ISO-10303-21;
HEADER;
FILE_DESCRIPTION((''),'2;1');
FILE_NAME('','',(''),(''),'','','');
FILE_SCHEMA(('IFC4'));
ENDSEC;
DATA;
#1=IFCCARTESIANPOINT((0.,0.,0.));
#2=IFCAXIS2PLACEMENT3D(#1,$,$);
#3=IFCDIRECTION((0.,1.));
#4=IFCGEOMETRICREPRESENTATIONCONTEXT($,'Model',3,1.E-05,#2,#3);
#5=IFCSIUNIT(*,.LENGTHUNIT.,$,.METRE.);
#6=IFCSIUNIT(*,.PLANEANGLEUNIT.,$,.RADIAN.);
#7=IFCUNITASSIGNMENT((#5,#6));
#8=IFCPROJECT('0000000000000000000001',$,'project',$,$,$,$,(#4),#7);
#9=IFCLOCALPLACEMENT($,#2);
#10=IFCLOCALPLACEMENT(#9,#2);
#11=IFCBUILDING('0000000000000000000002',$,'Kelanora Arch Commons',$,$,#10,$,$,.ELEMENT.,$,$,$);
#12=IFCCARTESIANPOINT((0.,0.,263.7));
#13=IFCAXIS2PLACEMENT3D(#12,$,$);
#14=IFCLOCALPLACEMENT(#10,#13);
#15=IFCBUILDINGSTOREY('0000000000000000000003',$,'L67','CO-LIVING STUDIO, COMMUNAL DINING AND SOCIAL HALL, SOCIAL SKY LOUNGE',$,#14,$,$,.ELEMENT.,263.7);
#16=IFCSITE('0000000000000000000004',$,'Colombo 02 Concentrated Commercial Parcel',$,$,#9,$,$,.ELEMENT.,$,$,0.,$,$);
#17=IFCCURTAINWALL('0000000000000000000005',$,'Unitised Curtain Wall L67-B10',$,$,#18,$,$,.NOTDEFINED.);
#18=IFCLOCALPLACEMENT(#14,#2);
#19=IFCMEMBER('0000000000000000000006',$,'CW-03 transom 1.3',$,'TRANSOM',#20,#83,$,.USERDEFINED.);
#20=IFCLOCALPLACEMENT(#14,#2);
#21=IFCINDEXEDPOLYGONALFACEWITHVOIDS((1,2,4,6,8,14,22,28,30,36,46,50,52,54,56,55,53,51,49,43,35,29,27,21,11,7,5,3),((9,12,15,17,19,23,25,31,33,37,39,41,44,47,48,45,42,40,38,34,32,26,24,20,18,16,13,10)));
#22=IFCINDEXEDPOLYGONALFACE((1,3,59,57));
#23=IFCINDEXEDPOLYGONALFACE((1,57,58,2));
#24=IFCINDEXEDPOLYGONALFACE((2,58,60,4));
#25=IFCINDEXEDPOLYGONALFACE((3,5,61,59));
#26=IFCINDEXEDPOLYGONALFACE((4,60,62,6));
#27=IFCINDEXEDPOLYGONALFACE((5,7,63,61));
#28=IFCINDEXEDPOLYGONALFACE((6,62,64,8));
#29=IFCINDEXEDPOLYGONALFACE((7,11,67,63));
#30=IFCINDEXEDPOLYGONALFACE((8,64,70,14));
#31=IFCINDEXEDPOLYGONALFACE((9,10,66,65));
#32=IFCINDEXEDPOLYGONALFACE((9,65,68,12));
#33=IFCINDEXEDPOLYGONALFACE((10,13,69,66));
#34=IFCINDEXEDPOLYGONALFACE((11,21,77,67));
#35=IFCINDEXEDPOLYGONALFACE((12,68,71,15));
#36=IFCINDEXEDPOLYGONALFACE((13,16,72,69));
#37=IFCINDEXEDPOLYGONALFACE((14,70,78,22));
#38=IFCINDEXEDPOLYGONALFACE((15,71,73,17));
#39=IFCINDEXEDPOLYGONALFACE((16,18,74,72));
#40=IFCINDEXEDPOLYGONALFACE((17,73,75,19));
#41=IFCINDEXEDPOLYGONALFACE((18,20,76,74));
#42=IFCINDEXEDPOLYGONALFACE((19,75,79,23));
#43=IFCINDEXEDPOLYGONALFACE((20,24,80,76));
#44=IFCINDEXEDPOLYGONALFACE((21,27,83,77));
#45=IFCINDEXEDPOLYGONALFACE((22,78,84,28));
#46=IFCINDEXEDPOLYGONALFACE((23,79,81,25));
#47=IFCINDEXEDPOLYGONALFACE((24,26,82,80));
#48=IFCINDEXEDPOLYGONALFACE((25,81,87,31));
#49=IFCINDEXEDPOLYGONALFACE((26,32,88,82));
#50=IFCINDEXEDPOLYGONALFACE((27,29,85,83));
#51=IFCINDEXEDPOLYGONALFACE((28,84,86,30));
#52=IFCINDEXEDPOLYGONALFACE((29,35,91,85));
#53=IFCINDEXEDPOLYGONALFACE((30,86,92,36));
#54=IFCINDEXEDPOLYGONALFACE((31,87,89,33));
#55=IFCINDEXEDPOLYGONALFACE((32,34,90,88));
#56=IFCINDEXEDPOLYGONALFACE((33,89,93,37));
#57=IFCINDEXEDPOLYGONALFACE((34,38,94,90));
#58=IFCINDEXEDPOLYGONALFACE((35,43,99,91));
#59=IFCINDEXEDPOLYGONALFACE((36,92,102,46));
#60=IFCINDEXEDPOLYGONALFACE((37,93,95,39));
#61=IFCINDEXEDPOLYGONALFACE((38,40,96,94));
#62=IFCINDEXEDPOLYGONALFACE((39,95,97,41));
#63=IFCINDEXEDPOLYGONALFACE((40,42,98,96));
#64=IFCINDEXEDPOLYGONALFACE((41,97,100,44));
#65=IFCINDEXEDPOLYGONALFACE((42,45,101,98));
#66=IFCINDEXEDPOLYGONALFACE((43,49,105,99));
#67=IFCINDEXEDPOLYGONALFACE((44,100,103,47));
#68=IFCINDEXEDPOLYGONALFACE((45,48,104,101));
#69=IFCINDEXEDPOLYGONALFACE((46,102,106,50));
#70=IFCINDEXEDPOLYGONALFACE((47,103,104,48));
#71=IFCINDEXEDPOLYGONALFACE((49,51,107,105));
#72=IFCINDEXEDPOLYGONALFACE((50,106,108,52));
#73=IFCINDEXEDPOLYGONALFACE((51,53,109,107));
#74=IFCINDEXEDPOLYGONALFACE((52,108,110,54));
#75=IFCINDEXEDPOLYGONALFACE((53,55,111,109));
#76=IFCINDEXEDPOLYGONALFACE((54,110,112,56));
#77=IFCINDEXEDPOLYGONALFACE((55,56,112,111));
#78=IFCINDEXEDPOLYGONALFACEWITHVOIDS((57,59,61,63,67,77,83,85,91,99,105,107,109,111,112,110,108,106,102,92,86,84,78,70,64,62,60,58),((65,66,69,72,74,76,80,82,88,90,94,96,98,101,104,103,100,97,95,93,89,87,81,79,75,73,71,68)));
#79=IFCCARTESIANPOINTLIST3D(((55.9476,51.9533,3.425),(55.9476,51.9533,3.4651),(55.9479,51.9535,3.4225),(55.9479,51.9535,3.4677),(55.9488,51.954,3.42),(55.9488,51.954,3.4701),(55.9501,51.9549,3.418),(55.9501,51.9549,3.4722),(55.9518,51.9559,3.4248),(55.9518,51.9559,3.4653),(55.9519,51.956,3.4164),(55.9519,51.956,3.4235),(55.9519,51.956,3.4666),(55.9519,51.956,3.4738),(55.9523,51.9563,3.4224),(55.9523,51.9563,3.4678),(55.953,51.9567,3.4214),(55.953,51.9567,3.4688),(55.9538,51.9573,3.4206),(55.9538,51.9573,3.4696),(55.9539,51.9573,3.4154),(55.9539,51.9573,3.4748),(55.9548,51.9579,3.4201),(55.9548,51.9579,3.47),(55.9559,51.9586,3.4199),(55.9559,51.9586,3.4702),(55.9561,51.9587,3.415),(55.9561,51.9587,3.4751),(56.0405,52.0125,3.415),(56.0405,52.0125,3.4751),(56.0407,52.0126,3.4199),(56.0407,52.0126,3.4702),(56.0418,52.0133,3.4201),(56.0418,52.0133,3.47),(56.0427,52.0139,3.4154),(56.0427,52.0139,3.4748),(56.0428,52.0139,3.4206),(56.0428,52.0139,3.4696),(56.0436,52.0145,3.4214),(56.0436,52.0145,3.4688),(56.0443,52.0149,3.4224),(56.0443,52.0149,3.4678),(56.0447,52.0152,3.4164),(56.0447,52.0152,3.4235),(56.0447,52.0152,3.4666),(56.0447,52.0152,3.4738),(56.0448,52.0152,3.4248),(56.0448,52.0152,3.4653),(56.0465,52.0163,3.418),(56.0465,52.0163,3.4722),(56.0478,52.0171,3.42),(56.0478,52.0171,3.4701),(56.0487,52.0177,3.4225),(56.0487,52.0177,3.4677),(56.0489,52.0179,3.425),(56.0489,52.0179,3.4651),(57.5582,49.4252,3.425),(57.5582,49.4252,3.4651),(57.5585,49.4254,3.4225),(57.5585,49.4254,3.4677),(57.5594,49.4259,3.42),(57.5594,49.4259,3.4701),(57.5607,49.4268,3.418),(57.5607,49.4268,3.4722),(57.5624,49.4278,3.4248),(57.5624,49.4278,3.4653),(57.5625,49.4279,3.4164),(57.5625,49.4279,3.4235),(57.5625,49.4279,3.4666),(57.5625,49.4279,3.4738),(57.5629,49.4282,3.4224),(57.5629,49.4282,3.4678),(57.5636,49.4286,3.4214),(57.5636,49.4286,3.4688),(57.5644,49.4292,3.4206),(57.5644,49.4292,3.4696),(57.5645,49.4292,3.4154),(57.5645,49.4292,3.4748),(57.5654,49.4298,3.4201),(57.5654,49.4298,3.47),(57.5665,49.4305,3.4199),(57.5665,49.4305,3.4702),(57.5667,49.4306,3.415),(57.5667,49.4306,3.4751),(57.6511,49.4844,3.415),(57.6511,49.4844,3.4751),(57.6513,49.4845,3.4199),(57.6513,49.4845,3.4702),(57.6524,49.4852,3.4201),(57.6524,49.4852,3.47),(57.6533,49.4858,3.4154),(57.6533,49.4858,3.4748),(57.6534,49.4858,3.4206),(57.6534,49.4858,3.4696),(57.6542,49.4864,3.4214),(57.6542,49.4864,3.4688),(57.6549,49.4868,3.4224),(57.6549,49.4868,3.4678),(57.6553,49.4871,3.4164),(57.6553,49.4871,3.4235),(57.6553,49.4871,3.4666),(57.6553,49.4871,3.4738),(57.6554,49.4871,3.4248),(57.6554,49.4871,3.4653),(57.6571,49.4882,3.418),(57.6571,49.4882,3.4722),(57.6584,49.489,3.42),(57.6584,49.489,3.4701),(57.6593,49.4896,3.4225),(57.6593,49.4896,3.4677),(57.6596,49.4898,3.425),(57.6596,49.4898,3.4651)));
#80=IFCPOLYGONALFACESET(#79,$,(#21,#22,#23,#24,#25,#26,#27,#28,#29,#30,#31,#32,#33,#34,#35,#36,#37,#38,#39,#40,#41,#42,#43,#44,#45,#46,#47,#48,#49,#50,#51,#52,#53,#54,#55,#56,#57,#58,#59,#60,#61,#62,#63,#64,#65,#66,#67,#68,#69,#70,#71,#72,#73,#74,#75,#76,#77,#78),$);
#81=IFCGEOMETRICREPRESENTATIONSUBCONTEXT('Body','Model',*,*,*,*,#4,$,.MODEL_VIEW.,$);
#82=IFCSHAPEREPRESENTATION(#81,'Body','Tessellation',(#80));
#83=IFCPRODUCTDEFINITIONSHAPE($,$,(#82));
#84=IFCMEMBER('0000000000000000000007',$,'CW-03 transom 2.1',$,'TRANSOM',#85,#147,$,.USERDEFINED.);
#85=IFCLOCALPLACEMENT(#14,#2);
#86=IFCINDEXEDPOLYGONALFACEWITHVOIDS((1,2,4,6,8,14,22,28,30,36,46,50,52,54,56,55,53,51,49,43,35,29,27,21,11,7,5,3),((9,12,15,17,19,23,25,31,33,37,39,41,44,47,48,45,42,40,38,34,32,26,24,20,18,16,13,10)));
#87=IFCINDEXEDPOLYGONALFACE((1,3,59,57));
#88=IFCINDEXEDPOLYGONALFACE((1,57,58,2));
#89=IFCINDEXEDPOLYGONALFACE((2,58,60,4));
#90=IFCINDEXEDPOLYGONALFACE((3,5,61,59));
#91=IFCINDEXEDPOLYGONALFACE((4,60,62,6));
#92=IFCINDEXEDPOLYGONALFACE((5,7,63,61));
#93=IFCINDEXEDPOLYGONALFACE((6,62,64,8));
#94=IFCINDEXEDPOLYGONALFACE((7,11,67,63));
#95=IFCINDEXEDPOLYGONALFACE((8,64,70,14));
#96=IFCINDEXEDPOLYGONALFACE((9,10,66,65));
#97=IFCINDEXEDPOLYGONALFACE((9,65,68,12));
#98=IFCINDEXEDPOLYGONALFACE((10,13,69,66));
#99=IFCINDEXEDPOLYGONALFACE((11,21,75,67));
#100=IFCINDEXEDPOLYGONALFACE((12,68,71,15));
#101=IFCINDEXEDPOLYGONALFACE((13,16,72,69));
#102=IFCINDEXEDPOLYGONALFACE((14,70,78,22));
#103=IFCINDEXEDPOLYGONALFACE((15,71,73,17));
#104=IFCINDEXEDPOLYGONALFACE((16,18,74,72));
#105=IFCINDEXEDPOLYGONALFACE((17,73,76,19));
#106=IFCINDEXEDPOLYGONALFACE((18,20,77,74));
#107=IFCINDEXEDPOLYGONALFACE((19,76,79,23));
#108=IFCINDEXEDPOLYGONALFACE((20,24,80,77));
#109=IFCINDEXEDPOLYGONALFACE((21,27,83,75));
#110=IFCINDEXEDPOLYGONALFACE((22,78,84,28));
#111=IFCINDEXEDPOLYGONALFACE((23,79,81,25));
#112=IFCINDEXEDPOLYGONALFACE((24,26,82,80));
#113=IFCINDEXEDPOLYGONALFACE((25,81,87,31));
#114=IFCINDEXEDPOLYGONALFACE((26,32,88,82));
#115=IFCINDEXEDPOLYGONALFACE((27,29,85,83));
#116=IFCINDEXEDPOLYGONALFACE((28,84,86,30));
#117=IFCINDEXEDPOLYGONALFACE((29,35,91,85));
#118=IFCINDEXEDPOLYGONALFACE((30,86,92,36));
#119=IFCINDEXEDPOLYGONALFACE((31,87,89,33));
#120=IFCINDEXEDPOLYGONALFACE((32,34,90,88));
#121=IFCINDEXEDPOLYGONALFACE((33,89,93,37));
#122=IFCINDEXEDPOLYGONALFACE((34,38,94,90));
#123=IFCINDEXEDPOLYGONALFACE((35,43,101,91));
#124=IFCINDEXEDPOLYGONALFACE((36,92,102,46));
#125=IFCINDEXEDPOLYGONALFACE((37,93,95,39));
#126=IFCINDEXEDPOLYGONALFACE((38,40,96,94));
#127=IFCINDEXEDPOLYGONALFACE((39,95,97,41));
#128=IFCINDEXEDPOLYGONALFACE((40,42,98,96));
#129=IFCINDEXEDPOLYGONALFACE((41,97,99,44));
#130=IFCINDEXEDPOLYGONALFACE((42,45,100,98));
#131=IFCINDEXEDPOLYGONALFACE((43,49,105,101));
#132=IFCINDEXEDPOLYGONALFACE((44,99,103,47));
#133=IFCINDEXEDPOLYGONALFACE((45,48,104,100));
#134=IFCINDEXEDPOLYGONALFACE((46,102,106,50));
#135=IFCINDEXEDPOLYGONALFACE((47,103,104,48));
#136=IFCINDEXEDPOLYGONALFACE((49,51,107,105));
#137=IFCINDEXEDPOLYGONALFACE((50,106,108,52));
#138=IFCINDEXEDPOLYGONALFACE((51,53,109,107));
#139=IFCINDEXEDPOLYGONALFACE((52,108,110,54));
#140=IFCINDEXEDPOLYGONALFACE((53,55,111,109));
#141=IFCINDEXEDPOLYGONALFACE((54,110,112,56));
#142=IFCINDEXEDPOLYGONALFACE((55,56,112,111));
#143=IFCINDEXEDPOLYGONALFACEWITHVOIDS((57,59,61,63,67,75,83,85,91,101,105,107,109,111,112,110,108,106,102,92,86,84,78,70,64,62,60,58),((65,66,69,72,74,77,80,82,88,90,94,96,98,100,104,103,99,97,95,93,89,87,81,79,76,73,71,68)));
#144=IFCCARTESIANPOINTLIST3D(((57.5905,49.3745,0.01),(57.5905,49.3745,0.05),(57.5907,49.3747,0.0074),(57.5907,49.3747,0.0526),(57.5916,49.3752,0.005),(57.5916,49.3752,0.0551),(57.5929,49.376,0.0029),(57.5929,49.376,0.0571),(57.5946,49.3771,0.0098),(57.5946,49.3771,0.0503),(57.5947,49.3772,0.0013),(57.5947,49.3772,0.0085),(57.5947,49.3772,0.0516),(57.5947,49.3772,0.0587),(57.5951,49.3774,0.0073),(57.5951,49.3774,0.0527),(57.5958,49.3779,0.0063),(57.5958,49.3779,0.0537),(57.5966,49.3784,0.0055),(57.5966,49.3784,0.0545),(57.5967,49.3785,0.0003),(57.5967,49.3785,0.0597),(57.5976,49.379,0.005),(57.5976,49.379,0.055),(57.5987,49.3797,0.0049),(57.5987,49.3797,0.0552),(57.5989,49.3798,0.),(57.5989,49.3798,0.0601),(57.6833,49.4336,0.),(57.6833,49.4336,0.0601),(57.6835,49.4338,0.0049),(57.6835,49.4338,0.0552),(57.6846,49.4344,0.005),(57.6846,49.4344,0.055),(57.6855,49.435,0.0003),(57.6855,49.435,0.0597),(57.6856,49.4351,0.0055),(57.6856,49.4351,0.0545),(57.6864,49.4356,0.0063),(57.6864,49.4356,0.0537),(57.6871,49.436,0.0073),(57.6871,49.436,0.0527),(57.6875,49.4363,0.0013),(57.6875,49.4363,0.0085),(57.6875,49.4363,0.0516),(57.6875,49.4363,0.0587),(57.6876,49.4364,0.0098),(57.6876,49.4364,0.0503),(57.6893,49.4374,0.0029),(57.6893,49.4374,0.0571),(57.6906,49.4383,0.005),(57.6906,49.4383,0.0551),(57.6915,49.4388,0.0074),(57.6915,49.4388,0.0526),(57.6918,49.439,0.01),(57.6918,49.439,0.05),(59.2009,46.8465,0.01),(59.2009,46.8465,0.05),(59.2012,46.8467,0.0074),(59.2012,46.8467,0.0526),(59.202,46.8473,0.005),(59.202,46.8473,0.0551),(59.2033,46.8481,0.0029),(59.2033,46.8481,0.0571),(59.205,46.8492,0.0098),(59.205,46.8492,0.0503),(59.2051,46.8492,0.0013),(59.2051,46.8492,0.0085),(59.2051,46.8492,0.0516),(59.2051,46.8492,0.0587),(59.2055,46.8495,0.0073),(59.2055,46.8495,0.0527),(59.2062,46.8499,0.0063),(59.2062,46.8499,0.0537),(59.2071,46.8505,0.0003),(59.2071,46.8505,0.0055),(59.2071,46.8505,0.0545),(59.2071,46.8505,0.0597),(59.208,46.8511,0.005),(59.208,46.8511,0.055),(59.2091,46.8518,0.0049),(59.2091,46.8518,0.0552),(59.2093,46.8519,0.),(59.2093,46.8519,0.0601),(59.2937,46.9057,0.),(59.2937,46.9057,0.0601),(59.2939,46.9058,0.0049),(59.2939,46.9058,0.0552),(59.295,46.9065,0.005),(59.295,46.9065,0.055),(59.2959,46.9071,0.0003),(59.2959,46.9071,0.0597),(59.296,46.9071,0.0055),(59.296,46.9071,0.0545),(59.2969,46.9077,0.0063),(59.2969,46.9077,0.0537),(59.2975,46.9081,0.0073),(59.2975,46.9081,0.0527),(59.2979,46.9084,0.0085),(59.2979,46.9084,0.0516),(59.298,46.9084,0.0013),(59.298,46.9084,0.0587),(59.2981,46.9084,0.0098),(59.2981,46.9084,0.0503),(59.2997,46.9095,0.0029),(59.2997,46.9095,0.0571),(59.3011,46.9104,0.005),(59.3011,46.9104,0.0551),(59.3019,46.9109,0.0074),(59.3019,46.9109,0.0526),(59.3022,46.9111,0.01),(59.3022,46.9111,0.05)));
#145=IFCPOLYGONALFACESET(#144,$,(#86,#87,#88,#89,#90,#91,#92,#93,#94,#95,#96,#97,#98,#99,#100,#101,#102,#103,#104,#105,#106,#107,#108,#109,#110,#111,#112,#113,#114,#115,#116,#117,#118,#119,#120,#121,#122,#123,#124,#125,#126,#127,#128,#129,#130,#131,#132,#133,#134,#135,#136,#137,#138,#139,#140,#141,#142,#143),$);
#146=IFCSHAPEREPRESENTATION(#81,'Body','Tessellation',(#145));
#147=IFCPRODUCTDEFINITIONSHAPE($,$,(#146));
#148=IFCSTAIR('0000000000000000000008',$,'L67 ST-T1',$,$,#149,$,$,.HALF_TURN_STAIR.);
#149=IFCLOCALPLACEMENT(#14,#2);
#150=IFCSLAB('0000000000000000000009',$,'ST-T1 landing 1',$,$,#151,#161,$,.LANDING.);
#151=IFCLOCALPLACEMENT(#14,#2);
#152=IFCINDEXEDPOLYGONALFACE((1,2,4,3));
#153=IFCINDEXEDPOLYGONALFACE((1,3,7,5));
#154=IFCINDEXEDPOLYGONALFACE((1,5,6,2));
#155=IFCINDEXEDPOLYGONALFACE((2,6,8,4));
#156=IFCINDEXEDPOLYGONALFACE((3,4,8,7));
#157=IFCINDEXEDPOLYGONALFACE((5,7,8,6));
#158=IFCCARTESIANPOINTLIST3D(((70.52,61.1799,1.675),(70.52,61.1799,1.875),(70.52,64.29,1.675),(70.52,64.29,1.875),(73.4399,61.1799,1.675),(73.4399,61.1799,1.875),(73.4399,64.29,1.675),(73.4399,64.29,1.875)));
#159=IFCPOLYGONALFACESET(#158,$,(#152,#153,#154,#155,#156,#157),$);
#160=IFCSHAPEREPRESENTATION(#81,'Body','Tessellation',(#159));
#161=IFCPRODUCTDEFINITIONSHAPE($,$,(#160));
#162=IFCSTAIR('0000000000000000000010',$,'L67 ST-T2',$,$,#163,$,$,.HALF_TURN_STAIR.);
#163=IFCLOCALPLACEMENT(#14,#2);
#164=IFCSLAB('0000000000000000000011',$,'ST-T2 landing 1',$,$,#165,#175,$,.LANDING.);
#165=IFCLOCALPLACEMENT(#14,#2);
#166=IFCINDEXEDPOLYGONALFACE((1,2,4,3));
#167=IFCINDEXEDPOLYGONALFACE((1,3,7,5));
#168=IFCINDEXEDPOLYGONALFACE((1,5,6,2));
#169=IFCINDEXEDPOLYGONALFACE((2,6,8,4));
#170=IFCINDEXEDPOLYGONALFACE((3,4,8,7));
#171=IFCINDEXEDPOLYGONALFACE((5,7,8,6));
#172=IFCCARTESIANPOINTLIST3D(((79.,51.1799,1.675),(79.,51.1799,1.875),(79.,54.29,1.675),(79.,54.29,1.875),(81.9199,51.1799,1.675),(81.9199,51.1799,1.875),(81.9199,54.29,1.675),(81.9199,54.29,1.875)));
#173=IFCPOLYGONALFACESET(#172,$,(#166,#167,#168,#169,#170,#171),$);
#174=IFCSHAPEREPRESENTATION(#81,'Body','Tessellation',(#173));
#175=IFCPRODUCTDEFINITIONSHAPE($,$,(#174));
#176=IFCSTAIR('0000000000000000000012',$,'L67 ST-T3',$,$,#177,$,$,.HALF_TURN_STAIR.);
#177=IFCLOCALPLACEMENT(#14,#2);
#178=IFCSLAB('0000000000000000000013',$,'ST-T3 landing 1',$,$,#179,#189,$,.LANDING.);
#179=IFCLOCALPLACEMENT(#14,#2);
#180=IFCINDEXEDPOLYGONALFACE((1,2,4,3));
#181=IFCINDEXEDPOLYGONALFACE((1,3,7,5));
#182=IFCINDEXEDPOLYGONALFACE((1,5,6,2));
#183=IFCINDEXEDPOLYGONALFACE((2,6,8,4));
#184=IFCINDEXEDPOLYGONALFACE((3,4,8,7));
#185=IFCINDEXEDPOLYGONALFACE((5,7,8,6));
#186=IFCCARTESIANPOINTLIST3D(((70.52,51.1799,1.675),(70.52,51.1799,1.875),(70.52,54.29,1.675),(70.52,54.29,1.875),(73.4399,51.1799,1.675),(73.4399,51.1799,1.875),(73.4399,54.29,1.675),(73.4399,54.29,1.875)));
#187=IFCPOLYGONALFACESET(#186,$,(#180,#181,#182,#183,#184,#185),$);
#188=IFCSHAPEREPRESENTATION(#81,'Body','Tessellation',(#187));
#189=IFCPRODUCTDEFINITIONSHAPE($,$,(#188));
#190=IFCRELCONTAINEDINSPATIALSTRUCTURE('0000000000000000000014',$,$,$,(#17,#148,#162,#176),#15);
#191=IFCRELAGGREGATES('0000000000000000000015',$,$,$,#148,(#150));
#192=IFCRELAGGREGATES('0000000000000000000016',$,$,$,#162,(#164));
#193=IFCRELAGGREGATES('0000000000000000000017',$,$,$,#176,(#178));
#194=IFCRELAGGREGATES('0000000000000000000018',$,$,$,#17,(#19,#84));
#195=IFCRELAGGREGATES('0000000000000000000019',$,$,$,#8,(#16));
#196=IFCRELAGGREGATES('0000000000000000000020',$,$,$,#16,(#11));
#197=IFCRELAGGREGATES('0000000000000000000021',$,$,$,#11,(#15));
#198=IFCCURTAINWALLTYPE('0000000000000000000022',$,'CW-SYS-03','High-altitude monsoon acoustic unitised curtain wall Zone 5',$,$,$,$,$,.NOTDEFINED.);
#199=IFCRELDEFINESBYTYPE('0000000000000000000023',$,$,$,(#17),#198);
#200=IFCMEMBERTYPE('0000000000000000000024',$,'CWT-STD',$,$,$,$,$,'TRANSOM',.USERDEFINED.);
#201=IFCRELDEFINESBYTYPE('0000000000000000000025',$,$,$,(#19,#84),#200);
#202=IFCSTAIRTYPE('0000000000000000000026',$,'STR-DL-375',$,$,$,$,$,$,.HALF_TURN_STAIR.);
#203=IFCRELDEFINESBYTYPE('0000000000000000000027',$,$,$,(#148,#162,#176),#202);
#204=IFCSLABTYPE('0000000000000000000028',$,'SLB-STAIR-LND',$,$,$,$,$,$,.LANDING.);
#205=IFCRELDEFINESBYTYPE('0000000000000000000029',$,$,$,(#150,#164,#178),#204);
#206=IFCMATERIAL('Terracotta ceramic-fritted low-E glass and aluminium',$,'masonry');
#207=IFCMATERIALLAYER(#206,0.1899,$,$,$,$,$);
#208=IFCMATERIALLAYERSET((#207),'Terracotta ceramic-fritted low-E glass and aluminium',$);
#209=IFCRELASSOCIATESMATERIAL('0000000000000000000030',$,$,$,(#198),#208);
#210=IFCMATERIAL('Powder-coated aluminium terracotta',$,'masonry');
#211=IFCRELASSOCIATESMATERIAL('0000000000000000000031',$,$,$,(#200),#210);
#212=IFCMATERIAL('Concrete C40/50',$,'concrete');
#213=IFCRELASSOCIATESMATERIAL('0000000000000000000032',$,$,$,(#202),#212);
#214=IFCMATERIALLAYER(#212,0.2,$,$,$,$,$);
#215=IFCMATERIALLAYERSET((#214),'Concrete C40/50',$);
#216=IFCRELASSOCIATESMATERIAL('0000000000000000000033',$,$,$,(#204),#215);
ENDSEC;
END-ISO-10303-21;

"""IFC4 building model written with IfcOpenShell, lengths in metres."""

from ifc_helpers import new_model, si_unit, direction, frame, origin, origin_2d, place, context, subcontext, project, spatial, polyline, hollow_rectangle, outline, extrude, material, layer, layer_set, material_profile, profile_set, type_object, element, aggregate, save


model = new_model("IFC4")

# Units and contexts
model_context = context("Model", 3, precision=1e-05, world=origin(), true_north=direction((0.0, 1.0)))
body_context = subcontext(model_context, "Body", "Model", "MODEL_VIEW")
ifc_project = project(units=[si_unit("LENGTHUNIT", "METRE"), si_unit("PLANEANGLEUNIT", "RADIAN")], contexts=[model_context])

# Site, building, storey
site_placement = place(None, origin())
site = spatial("IfcSite", under=ifc_project, at=site_placement, Name="Colombo 02 Concentrated Commercial Parcel", CompositionType="ELEMENT", RefElevation=0.0)
building_placement = place(site_placement, origin())
building = spatial("IfcBuilding", under=site, at=building_placement, Name="Kelanora Arch Commons", CompositionType="ELEMENT")
storey_placement = place(building_placement, frame((0.0, 0.0, 263.7)))
storey = spatial("IfcBuildingStorey", under=building, at=storey_placement, Name="L67", Description="CO-LIVING STUDIO, COMMUNAL DINING AND SOCIAL HALL, SOCIAL SKY LOUNGE", CompositionType="ELEMENT", Elevation=263.7)

# Curtain wall, members
ifc_material_1 = material(Name="Terracotta ceramic-fritted low-E glass and aluminium", Category="masonry")
ifc_layer_1 = layer(ifc_material_1, 0.1899)
ifc_layer_set_1 = layer_set([ifc_layer_1], Name="Terracotta ceramic-fritted low-E glass and aluminium")
curtain_wall_type = type_object("IfcCurtainWallType", Name="CW-SYS-03", Description="High-altitude monsoon acoustic unitised curtain wall Zone 5", PredefinedType="NOTDEFINED", material=ifc_layer_set_1)
curtain_wall_placement = place(storey_placement, origin())
curtain_wall = element("IfcCurtainWall", 1, at=curtain_wall_placement, inside=storey, type_object=curtain_wall_type, Name="Unitised Curtain Wall L67-B10", PredefinedType="NOTDEFINED")
ifc_material_2 = material(Name="Powder-coated aluminium terracotta", Category="masonry")
ifc_material_profile_1 = material_profile(ifc_material_2, hollow_rectangle(XDim=0.1201, YDim=0.0601, WallThickness=0.0049, InnerFilletRadius=0.0049, OuterFilletRadius=0.01, at=origin_2d()), Name="CWT120x60")
ifc_profile_set_1 = profile_set([ifc_material_profile_1], Name="Powder-coated aluminium terracotta")
member_type_1 = type_object("IfcMemberType", Name="CWT-STD", ElementType="TRANSOM", PredefinedType="USERDEFINED", material=ifc_profile_set_1)
member_1_placement = place(storey_placement, frame((55.9983, 51.9856, 3.4451), z_axis=(0.537308, -0.843386, 0.0), x_axis=(0.843386, 0.537308, 0.0)))
member_1 = element("IfcMember", 2, at=member_1_placement, type_object=member_type_1, Name="CW-03 transom 1.3", ObjectType="TRANSOM", PredefinedType="USERDEFINED", context=body_context, shape_type="SweptSolid", body=[
    extrude(hollow_rectangle(XDim=0.1201, YDim=0.0601, WallThickness=0.0049, InnerFilletRadius=0.0049, OuterFilletRadius=0.01, at=origin_2d()), origin(), (0.0, 0.0, 1.0), 2.9976),
])
member_2_placement = place(storey_placement, frame((57.6411, 49.4067, 0.03), z_axis=(0.537287, -0.8434, 0.0), x_axis=(0.8434, 0.537287, 0.0)))
member_2 = element("IfcMember", 3, at=member_2_placement, type_object=member_type_1, Name="CW-03 transom 2.1", ObjectType="TRANSOM", PredefinedType="USERDEFINED", context=body_context, shape_type="SweptSolid", body=[
    extrude(hollow_rectangle(XDim=0.1201, YDim=0.0601, WallThickness=0.0049, InnerFilletRadius=0.0049, OuterFilletRadius=0.01, at=origin_2d()), origin(), (0.0, 0.0, 1.0), 2.9973),
])

# Stairs, slabs
ifc_material_3 = material(Name="Concrete C40/50", Category="concrete")
stair_type = type_object("IfcStairType", Name="STR-DL-375", PredefinedType="HALF_TURN_STAIR", material=ifc_material_3)
stair_1_placement = place(storey_placement, origin())
stair_1 = element("IfcStair", 4, at=stair_1_placement, inside=storey, type_object=stair_type, Name="L67 ST-T1", PredefinedType="HALF_TURN_STAIR")
ifc_layer_2 = layer(ifc_material_3, 0.2)
ifc_layer_set_2 = layer_set([ifc_layer_2], Name="Concrete C40/50")
slab_type_1 = type_object("IfcSlabType", Name="SLB-STAIR-LND", PredefinedType="LANDING", material=ifc_layer_set_2)
slab_1_placement = place(storey_placement, frame((0.0, 0.0, 1.675)))
slab_1 = element("IfcSlab", 5, at=slab_1_placement, type_object=slab_type_1, Name="ST-T1 landing 1", PredefinedType="LANDING", context=body_context, shape_type="SweptSolid", body=[
    extrude(outline(polyline([(70.52, 61.1799), (73.4399, 61.1799), (73.4399, 64.29), (70.52, 64.29), (70.52, 61.1799)])), origin(), (0.0, 0.0, 1.0), 0.2),
])
aggregate(stair_1, [slab_1])
stair_2_placement = place(storey_placement, origin())
stair_2 = element("IfcStair", 6, at=stair_2_placement, inside=storey, type_object=stair_type, Name="L67 ST-T2", PredefinedType="HALF_TURN_STAIR")
slab_2_placement = place(storey_placement, frame((0.0, 0.0, 1.675)))
slab_2 = element("IfcSlab", 7, at=slab_2_placement, type_object=slab_type_1, Name="ST-T2 landing 1", PredefinedType="LANDING", context=body_context, shape_type="SweptSolid", body=[
    extrude(outline(polyline([(79.0, 51.1799), (81.9199, 51.1799), (81.9199, 54.29), (79.0, 54.29), (79.0, 51.1799)])), origin(), (0.0, 0.0, 1.0), 0.2),
])
aggregate(stair_2, [slab_2])
stair_3_placement = place(storey_placement, origin())
stair_3 = element("IfcStair", 8, at=stair_3_placement, inside=storey, type_object=stair_type, Name="L67 ST-T3", PredefinedType="HALF_TURN_STAIR")
slab_3_placement = place(storey_placement, frame((0.0, 0.0, 1.675)))
slab_3 = element("IfcSlab", 9, at=slab_3_placement, type_object=slab_type_1, Name="ST-T3 landing 1", PredefinedType="LANDING", context=body_context, shape_type="SweptSolid", body=[
    extrude(outline(polyline([(70.52, 51.1799), (73.4399, 51.1799), (73.4399, 54.29), (70.52, 54.29), (70.52, 51.1799)])), origin(), (0.0, 0.0, 1.0), 0.2),
])
aggregate(stair_3, [slab_3])

aggregate(curtain_wall, [member_1, member_2])

save(model, "model.ifc")
